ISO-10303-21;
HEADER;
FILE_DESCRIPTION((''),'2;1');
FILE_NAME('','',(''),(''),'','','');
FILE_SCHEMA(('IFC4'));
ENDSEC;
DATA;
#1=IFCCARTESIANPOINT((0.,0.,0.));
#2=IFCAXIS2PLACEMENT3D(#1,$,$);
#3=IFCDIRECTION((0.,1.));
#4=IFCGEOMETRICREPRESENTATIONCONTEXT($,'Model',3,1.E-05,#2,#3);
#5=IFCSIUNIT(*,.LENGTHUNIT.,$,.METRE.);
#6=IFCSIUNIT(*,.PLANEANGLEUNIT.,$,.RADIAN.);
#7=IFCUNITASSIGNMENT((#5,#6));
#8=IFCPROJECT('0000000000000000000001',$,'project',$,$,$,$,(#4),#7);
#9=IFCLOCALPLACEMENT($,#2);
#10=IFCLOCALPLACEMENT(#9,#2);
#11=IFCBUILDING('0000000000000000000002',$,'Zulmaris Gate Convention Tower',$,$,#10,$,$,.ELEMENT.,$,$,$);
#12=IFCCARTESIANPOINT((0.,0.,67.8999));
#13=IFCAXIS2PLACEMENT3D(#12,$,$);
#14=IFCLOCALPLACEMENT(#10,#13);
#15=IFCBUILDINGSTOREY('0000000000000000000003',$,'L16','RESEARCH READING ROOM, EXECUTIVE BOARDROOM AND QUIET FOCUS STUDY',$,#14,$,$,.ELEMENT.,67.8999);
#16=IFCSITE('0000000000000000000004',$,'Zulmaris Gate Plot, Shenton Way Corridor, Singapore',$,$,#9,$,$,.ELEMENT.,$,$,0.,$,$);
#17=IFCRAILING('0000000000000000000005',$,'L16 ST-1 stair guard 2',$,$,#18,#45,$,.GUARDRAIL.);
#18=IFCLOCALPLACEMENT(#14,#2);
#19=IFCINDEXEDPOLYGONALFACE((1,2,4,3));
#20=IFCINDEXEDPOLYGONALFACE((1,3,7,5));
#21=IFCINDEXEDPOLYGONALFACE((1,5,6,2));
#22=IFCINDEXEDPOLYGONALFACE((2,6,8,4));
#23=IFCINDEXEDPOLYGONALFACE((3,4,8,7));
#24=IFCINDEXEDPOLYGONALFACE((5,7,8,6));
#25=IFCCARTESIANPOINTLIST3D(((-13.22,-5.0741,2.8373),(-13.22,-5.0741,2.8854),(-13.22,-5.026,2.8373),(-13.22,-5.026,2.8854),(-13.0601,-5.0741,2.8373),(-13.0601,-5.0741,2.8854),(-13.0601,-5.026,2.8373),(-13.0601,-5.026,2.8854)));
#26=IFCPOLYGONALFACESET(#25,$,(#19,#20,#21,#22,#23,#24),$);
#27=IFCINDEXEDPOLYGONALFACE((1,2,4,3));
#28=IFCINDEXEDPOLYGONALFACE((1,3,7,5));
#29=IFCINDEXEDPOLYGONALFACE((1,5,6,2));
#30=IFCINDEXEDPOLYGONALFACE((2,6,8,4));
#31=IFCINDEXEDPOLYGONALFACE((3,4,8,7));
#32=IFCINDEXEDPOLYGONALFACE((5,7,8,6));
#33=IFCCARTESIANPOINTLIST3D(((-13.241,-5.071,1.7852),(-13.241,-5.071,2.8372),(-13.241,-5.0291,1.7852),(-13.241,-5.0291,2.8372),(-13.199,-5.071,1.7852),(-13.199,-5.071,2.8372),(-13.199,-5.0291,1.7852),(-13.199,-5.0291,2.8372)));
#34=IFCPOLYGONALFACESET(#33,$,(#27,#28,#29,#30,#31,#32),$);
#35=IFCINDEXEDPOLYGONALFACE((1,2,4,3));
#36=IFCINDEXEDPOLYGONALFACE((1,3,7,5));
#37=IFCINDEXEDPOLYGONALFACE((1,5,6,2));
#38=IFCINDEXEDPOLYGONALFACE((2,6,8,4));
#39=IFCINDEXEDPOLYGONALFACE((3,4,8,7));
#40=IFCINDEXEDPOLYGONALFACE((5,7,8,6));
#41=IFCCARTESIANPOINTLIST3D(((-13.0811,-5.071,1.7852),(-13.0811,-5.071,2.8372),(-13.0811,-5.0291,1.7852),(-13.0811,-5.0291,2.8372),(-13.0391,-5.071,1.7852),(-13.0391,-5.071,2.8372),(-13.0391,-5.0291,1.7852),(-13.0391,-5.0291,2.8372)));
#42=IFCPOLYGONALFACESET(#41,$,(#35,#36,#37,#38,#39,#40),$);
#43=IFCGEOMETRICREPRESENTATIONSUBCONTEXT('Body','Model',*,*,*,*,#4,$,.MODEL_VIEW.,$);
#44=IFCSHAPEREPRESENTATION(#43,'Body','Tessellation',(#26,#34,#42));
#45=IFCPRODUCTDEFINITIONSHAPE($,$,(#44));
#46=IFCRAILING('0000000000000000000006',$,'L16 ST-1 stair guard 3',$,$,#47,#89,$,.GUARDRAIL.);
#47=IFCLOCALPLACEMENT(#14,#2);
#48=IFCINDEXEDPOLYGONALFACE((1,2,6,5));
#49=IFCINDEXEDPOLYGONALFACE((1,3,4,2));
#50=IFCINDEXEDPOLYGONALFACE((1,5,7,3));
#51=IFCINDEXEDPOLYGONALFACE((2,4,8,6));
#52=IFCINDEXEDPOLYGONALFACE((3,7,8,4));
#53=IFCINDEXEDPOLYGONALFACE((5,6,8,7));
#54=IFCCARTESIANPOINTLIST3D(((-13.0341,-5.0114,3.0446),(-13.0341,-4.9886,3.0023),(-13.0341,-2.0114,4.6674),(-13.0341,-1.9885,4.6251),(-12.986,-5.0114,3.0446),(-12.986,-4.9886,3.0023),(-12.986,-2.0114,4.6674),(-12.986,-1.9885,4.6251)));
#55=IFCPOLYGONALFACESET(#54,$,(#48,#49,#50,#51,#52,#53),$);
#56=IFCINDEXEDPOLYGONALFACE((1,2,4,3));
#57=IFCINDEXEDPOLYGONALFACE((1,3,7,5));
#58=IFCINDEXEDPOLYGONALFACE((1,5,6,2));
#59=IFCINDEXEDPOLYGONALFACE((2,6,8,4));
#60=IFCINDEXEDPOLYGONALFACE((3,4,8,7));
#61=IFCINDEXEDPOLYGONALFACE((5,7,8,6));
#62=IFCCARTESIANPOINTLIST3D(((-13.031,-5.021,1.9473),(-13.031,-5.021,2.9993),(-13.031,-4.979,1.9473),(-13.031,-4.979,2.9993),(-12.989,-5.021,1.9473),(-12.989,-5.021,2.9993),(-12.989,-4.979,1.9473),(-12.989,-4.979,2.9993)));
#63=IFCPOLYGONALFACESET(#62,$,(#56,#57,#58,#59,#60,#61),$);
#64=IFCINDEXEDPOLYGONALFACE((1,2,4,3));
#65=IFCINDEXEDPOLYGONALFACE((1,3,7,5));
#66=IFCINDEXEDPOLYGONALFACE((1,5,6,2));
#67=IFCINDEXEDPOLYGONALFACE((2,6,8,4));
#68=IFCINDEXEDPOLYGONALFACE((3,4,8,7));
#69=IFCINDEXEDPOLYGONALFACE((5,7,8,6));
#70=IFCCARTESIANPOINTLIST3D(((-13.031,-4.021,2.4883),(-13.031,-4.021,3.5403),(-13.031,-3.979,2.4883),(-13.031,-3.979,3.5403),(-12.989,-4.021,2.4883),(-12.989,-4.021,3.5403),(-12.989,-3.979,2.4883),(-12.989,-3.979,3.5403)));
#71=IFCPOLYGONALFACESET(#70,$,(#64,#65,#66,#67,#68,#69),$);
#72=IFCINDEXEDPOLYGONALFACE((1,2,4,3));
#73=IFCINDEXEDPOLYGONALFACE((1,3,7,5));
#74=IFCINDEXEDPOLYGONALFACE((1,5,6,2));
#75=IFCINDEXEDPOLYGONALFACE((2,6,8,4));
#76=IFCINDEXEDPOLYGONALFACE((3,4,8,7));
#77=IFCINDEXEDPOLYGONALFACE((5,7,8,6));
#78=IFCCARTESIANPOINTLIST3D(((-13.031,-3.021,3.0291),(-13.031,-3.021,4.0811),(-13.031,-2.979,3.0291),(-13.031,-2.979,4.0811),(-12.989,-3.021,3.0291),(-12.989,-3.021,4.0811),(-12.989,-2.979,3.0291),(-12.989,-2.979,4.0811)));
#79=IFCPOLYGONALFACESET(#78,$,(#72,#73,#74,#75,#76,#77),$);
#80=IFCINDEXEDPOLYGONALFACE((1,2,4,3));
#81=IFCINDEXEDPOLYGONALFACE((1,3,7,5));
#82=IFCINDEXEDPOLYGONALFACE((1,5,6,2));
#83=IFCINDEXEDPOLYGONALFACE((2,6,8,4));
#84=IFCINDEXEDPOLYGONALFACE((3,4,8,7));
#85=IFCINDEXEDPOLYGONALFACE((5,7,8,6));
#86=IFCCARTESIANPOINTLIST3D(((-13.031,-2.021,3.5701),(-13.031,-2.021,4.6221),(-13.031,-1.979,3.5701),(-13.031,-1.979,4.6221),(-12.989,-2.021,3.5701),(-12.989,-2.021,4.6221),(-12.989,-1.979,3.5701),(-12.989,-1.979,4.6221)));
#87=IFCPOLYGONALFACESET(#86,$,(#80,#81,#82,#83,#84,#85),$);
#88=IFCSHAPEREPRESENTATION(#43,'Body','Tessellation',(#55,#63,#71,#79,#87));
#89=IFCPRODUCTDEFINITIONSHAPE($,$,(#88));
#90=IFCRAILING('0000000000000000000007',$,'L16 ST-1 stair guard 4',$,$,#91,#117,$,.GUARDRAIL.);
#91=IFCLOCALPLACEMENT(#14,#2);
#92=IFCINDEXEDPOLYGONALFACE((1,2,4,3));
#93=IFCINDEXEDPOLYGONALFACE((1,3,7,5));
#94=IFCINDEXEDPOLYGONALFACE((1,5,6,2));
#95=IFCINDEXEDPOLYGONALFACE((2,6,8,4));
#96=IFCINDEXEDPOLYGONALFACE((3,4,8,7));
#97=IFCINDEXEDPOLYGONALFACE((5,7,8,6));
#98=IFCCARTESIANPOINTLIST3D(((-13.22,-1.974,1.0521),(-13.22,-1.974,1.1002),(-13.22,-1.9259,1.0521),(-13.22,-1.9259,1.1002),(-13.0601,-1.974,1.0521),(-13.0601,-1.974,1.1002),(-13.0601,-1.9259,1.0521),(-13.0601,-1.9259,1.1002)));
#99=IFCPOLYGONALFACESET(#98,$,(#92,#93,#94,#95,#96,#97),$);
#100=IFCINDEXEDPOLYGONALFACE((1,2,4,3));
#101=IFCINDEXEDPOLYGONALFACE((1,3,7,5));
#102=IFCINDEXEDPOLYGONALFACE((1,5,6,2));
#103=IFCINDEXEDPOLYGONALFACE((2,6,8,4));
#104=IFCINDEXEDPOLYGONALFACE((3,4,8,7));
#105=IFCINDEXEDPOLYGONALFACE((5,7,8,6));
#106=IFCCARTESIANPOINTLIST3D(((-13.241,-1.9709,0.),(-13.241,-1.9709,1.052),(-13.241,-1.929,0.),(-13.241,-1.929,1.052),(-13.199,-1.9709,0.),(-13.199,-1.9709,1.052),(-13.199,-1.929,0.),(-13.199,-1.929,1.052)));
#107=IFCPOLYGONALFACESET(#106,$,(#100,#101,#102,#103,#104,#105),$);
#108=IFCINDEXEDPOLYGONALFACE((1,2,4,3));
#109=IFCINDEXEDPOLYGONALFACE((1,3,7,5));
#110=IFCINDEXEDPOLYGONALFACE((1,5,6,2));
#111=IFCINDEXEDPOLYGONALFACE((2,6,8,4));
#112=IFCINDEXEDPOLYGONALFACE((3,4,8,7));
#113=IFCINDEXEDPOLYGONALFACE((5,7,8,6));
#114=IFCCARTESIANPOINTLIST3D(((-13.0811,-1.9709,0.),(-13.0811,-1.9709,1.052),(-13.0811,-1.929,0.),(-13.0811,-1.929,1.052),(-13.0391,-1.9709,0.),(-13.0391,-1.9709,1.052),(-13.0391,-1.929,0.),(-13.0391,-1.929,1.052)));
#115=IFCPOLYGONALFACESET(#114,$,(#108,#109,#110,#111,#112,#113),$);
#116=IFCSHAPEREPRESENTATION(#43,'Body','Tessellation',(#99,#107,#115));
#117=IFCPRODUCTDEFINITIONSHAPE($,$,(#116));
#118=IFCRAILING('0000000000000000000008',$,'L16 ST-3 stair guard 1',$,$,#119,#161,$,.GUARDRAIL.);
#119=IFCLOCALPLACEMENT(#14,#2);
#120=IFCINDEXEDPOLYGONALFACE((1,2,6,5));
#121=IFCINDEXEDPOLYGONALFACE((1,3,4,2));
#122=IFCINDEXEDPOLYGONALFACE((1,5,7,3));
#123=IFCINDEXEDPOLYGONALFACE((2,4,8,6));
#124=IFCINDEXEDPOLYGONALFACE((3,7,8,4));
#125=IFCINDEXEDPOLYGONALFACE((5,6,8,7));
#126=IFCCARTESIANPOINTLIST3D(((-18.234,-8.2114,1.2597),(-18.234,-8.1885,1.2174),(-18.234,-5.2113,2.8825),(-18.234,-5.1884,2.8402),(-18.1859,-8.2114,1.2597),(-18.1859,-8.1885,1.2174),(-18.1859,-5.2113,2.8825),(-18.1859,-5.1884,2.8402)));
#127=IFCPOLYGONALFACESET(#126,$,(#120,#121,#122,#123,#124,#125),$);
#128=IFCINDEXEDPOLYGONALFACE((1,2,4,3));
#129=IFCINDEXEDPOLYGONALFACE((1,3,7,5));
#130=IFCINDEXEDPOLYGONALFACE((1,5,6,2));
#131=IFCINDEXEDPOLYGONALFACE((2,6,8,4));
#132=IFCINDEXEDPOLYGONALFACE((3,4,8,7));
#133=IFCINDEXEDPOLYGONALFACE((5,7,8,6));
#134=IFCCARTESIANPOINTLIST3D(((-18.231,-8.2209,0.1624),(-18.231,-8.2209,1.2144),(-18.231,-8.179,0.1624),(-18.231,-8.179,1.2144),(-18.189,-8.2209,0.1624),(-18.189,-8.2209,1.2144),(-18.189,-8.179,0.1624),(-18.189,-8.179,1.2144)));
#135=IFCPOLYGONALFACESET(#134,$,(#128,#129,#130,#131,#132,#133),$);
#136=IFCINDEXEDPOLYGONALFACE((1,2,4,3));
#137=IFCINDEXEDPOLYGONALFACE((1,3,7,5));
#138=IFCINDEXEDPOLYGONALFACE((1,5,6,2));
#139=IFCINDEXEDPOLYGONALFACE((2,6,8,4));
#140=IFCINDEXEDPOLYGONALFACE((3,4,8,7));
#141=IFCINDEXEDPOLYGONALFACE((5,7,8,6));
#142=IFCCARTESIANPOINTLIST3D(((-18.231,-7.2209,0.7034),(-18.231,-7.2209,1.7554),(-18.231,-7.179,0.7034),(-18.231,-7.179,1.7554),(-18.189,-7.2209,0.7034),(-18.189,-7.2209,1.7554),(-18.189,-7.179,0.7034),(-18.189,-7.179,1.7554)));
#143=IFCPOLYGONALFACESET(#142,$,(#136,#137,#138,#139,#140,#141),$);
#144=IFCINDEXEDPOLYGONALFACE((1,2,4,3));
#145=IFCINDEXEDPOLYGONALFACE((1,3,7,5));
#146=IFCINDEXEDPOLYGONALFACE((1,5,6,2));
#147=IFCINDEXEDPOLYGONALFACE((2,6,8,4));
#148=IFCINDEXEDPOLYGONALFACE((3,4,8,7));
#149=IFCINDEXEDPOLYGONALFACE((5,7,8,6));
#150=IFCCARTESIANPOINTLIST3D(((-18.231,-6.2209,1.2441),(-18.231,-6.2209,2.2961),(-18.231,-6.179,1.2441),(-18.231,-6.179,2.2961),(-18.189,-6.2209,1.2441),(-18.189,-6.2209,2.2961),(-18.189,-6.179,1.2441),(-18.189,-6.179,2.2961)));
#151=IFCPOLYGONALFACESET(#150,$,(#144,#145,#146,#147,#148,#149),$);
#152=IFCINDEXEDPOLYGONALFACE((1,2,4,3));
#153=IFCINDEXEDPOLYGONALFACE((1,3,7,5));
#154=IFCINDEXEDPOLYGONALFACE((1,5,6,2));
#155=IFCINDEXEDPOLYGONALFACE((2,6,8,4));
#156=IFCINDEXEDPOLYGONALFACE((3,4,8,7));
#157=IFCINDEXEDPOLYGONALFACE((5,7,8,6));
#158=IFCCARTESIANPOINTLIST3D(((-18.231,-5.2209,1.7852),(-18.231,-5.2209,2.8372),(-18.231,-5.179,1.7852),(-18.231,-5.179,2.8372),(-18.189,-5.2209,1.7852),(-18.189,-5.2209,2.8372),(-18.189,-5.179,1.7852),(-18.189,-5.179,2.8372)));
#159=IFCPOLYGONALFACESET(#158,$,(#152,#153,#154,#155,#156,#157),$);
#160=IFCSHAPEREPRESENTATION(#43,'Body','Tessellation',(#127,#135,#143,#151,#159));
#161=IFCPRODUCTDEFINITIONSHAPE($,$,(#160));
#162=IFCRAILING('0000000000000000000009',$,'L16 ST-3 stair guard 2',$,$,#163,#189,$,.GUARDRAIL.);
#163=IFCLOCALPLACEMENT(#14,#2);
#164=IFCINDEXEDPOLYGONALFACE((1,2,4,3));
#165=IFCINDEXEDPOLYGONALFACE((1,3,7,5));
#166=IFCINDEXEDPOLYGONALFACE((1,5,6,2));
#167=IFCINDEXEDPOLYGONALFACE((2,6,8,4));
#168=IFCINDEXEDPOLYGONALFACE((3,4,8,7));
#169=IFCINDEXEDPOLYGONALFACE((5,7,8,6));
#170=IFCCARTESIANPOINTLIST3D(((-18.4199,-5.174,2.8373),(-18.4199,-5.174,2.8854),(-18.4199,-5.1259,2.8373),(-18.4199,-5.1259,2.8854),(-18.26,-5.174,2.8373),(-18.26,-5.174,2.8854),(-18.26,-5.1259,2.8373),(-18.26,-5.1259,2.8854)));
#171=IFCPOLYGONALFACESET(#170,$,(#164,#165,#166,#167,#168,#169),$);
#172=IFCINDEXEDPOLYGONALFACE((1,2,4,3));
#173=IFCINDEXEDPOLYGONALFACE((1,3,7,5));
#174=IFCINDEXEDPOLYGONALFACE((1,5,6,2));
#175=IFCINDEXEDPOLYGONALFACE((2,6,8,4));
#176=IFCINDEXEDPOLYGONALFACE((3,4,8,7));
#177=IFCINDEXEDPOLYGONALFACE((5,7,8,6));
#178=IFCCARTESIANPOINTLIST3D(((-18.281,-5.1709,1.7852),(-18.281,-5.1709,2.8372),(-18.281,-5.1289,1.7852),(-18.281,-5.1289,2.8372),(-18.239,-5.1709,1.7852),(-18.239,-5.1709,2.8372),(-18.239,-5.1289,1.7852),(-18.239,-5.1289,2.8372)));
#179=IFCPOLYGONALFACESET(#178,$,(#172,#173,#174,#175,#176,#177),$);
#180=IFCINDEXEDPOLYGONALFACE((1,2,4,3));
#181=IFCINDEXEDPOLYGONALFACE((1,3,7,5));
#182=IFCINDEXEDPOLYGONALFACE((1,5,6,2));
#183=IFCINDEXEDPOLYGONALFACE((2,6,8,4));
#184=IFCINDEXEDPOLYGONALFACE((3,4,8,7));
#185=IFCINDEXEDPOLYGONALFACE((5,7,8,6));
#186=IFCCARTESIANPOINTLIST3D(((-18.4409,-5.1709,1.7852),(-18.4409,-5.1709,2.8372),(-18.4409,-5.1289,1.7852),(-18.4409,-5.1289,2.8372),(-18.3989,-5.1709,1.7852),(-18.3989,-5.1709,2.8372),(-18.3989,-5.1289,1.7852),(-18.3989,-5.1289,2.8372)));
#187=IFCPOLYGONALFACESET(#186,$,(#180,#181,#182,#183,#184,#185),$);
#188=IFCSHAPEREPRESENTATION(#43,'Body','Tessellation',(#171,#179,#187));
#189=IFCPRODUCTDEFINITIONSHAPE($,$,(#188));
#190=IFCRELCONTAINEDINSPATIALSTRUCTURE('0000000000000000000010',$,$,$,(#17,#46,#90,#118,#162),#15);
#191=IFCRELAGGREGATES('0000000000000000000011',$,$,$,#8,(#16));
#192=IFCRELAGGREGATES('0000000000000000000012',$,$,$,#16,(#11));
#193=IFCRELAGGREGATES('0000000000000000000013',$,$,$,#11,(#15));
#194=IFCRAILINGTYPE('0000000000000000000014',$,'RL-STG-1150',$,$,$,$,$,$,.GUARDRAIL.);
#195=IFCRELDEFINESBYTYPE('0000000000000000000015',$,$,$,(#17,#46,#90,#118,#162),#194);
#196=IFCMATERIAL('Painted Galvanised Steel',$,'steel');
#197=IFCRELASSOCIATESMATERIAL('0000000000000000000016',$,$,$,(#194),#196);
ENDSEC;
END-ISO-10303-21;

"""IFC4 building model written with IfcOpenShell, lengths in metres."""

from ifc_helpers import new_model, si_unit, direction, frame, origin, origin_2d, place, context, subcontext, project, spatial, rectangle, extrude, material, type_object, element, save


model = new_model("IFC4")

# Units and contexts
model_context = context("Model", 3, precision=1e-05, world=origin(), true_north=direction((0.0, 1.0)))
body_context = subcontext(model_context, "Body", "Model", "MODEL_VIEW")
ifc_project = project(units=[si_unit("LENGTHUNIT", "METRE"), si_unit("PLANEANGLEUNIT", "RADIAN")], contexts=[model_context])

# Site, building, storey
site_placement = place(None, origin())
site = spatial("IfcSite", under=ifc_project, at=site_placement, Name="Zulmaris Gate Plot, Shenton Way Corridor, Singapore", CompositionType="ELEMENT", RefElevation=0.0)
building_placement = place(site_placement, origin())
building = spatial("IfcBuilding", under=site, at=building_placement, Name="Zulmaris Gate Convention Tower", CompositionType="ELEMENT")
storey_placement = place(building_placement, frame((0.0, 0.0, 67.8999)))
storey = spatial("IfcBuildingStorey", under=building, at=storey_placement, Name="L16", Description="RESEARCH READING ROOM, EXECUTIVE BOARDROOM AND QUIET FOCUS STUDY", CompositionType="ELEMENT", Elevation=67.8999)

# Railings
ifc_material_1 = material(Name="Painted Galvanised Steel", Category="steel")
railing_type_1 = type_object("IfcRailingType", Name="RL-STG-1150", PredefinedType="GUARDRAIL", material=ifc_material_1)
railing_1_placement = place(storey_placement, frame((-13.22, -5.05, 1.7852)))
element("IfcRailing", 1, at=railing_1_placement, inside=storey, type_object=railing_type_1, Name="L16 ST-1 stair guard 2", PredefinedType="GUARDRAIL", context=body_context, shape_type="SweptSolid", body=[
    extrude(rectangle(XDim=0.0481, YDim=0.0481, at=origin_2d()), frame((0.0, 0.0, 1.0762), z_axis=(1.0, 0.0, 0.0), x_axis=(0.0, 1.0, 0.0)), (0.0, 0.0, 1.0), 0.1599),
    extrude(rectangle(XDim=0.042, YDim=0.042, at=origin_2d()), origin(), (0.0, 0.0, 1.0), 1.052),
    extrude(rectangle(XDim=0.042, YDim=0.042, at=origin_2d()), frame((0.1599, 0.0, 0.0)), (0.0, 0.0, 1.0), 1.052),
])
railing_2_placement = place(storey_placement, frame((-13.01, -5.0, 1.9473)))
element("IfcRailing", 2, at=railing_2_placement, inside=storey, type_object=railing_type_1, Name="L16 ST-1 stair guard 3", PredefinedType="GUARDRAIL", context=body_context, shape_type="SweptSolid", body=[
    extrude(rectangle(XDim=0.0481, YDim=0.0481, at=origin_2d()), frame((0.0, 0.0, 1.0762), z_axis=(0.0, 0.879562, 0.475785), x_axis=(-1.0, 0.0, 0.0)), (0.0, 0.0, 1.0), 3.4109),
    extrude(rectangle(XDim=0.042, YDim=0.042, at=origin_2d()), origin(), (0.0, 0.0, 1.0), 1.052),
    extrude(rectangle(XDim=0.042, YDim=0.042, at=origin_2d()), frame((0.0, 1.0, 0.541)), (0.0, 0.0, 1.0), 1.052),
    extrude(rectangle(XDim=0.042, YDim=0.042, at=origin_2d()), frame((0.0, 2.0, 1.0818)), (0.0, 0.0, 1.0), 1.052),
    extrude(rectangle(XDim=0.042, YDim=0.042, at=origin_2d()), frame((0.0, 3.0, 1.6228)), (0.0, 0.0, 1.0), 1.052),
])
railing_3_placement = place(storey_placement, frame((-13.22, -1.95, 0.0)))
element("IfcRailing", 3, at=railing_3_placement, inside=storey, type_object=railing_type_1, Name="L16 ST-1 stair guard 4", PredefinedType="GUARDRAIL", context=body_context, shape_type="SweptSolid", body=[
    extrude(rectangle(XDim=0.0481, YDim=0.0481, at=origin_2d()), frame((0.0, 0.0, 1.0762), z_axis=(1.0, 0.0, 0.0), x_axis=(0.0, 1.0, 0.0)), (0.0, 0.0, 1.0), 0.1599),
    extrude(rectangle(XDim=0.042, YDim=0.042, at=origin_2d()), origin(), (0.0, 0.0, 1.0), 1.052),
    extrude(rectangle(XDim=0.042, YDim=0.042, at=origin_2d()), frame((0.1599, 0.0, 0.0)), (0.0, 0.0, 1.0), 1.052),
])
railing_4_placement = place(storey_placement, frame((-18.21, -8.2, 0.1624)))
element("IfcRailing", 4, at=railing_4_placement, inside=storey, type_object=railing_type_1, Name="L16 ST-3 stair guard 1", PredefinedType="GUARDRAIL", context=body_context, shape_type="SweptSolid", body=[
    extrude(rectangle(XDim=0.0481, YDim=0.0481, at=origin_2d()), frame((0.0, 0.0, 1.0762), z_axis=(0.0, 0.879562, 0.475785), x_axis=(-1.0, 0.0, 0.0)), (0.0, 0.0, 1.0), 3.4109),
    extrude(rectangle(XDim=0.042, YDim=0.042, at=origin_2d()), origin(), (0.0, 0.0, 1.0), 1.052),
    extrude(rectangle(XDim=0.042, YDim=0.042, at=origin_2d()), frame((0.0, 1.0, 0.541)), (0.0, 0.0, 1.0), 1.052),
    extrude(rectangle(XDim=0.042, YDim=0.042, at=origin_2d()), frame((0.0, 2.0, 1.0818)), (0.0, 0.0, 1.0), 1.052),
    extrude(rectangle(XDim=0.042, YDim=0.042, at=origin_2d()), frame((0.0, 3.0, 1.6228)), (0.0, 0.0, 1.0), 1.052),
])
railing_5_placement = place(storey_placement, frame((-18.26, -5.1499, 1.7852)))
element("IfcRailing", 5, at=railing_5_placement, inside=storey, type_object=railing_type_1, Name="L16 ST-3 stair guard 2", PredefinedType="GUARDRAIL", context=body_context, shape_type="SweptSolid", body=[
    extrude(rectangle(XDim=0.0481, YDim=0.0481, at=origin_2d()), frame((0.0, 0.0, 1.0762), z_axis=(-1.0, 0.0, 0.0), x_axis=(0.0, -1.0, 0.0)), (0.0, 0.0, 1.0), 0.1599),
    extrude(rectangle(XDim=0.042, YDim=0.042, at=origin_2d()), origin(), (0.0, 0.0, 1.0), 1.052),
    extrude(rectangle(XDim=0.042, YDim=0.042, at=origin_2d()), frame((-0.1599, 0.0, 0.0)), (0.0, 0.0, 1.0), 1.052),
])

save(model, "model.ifc")
